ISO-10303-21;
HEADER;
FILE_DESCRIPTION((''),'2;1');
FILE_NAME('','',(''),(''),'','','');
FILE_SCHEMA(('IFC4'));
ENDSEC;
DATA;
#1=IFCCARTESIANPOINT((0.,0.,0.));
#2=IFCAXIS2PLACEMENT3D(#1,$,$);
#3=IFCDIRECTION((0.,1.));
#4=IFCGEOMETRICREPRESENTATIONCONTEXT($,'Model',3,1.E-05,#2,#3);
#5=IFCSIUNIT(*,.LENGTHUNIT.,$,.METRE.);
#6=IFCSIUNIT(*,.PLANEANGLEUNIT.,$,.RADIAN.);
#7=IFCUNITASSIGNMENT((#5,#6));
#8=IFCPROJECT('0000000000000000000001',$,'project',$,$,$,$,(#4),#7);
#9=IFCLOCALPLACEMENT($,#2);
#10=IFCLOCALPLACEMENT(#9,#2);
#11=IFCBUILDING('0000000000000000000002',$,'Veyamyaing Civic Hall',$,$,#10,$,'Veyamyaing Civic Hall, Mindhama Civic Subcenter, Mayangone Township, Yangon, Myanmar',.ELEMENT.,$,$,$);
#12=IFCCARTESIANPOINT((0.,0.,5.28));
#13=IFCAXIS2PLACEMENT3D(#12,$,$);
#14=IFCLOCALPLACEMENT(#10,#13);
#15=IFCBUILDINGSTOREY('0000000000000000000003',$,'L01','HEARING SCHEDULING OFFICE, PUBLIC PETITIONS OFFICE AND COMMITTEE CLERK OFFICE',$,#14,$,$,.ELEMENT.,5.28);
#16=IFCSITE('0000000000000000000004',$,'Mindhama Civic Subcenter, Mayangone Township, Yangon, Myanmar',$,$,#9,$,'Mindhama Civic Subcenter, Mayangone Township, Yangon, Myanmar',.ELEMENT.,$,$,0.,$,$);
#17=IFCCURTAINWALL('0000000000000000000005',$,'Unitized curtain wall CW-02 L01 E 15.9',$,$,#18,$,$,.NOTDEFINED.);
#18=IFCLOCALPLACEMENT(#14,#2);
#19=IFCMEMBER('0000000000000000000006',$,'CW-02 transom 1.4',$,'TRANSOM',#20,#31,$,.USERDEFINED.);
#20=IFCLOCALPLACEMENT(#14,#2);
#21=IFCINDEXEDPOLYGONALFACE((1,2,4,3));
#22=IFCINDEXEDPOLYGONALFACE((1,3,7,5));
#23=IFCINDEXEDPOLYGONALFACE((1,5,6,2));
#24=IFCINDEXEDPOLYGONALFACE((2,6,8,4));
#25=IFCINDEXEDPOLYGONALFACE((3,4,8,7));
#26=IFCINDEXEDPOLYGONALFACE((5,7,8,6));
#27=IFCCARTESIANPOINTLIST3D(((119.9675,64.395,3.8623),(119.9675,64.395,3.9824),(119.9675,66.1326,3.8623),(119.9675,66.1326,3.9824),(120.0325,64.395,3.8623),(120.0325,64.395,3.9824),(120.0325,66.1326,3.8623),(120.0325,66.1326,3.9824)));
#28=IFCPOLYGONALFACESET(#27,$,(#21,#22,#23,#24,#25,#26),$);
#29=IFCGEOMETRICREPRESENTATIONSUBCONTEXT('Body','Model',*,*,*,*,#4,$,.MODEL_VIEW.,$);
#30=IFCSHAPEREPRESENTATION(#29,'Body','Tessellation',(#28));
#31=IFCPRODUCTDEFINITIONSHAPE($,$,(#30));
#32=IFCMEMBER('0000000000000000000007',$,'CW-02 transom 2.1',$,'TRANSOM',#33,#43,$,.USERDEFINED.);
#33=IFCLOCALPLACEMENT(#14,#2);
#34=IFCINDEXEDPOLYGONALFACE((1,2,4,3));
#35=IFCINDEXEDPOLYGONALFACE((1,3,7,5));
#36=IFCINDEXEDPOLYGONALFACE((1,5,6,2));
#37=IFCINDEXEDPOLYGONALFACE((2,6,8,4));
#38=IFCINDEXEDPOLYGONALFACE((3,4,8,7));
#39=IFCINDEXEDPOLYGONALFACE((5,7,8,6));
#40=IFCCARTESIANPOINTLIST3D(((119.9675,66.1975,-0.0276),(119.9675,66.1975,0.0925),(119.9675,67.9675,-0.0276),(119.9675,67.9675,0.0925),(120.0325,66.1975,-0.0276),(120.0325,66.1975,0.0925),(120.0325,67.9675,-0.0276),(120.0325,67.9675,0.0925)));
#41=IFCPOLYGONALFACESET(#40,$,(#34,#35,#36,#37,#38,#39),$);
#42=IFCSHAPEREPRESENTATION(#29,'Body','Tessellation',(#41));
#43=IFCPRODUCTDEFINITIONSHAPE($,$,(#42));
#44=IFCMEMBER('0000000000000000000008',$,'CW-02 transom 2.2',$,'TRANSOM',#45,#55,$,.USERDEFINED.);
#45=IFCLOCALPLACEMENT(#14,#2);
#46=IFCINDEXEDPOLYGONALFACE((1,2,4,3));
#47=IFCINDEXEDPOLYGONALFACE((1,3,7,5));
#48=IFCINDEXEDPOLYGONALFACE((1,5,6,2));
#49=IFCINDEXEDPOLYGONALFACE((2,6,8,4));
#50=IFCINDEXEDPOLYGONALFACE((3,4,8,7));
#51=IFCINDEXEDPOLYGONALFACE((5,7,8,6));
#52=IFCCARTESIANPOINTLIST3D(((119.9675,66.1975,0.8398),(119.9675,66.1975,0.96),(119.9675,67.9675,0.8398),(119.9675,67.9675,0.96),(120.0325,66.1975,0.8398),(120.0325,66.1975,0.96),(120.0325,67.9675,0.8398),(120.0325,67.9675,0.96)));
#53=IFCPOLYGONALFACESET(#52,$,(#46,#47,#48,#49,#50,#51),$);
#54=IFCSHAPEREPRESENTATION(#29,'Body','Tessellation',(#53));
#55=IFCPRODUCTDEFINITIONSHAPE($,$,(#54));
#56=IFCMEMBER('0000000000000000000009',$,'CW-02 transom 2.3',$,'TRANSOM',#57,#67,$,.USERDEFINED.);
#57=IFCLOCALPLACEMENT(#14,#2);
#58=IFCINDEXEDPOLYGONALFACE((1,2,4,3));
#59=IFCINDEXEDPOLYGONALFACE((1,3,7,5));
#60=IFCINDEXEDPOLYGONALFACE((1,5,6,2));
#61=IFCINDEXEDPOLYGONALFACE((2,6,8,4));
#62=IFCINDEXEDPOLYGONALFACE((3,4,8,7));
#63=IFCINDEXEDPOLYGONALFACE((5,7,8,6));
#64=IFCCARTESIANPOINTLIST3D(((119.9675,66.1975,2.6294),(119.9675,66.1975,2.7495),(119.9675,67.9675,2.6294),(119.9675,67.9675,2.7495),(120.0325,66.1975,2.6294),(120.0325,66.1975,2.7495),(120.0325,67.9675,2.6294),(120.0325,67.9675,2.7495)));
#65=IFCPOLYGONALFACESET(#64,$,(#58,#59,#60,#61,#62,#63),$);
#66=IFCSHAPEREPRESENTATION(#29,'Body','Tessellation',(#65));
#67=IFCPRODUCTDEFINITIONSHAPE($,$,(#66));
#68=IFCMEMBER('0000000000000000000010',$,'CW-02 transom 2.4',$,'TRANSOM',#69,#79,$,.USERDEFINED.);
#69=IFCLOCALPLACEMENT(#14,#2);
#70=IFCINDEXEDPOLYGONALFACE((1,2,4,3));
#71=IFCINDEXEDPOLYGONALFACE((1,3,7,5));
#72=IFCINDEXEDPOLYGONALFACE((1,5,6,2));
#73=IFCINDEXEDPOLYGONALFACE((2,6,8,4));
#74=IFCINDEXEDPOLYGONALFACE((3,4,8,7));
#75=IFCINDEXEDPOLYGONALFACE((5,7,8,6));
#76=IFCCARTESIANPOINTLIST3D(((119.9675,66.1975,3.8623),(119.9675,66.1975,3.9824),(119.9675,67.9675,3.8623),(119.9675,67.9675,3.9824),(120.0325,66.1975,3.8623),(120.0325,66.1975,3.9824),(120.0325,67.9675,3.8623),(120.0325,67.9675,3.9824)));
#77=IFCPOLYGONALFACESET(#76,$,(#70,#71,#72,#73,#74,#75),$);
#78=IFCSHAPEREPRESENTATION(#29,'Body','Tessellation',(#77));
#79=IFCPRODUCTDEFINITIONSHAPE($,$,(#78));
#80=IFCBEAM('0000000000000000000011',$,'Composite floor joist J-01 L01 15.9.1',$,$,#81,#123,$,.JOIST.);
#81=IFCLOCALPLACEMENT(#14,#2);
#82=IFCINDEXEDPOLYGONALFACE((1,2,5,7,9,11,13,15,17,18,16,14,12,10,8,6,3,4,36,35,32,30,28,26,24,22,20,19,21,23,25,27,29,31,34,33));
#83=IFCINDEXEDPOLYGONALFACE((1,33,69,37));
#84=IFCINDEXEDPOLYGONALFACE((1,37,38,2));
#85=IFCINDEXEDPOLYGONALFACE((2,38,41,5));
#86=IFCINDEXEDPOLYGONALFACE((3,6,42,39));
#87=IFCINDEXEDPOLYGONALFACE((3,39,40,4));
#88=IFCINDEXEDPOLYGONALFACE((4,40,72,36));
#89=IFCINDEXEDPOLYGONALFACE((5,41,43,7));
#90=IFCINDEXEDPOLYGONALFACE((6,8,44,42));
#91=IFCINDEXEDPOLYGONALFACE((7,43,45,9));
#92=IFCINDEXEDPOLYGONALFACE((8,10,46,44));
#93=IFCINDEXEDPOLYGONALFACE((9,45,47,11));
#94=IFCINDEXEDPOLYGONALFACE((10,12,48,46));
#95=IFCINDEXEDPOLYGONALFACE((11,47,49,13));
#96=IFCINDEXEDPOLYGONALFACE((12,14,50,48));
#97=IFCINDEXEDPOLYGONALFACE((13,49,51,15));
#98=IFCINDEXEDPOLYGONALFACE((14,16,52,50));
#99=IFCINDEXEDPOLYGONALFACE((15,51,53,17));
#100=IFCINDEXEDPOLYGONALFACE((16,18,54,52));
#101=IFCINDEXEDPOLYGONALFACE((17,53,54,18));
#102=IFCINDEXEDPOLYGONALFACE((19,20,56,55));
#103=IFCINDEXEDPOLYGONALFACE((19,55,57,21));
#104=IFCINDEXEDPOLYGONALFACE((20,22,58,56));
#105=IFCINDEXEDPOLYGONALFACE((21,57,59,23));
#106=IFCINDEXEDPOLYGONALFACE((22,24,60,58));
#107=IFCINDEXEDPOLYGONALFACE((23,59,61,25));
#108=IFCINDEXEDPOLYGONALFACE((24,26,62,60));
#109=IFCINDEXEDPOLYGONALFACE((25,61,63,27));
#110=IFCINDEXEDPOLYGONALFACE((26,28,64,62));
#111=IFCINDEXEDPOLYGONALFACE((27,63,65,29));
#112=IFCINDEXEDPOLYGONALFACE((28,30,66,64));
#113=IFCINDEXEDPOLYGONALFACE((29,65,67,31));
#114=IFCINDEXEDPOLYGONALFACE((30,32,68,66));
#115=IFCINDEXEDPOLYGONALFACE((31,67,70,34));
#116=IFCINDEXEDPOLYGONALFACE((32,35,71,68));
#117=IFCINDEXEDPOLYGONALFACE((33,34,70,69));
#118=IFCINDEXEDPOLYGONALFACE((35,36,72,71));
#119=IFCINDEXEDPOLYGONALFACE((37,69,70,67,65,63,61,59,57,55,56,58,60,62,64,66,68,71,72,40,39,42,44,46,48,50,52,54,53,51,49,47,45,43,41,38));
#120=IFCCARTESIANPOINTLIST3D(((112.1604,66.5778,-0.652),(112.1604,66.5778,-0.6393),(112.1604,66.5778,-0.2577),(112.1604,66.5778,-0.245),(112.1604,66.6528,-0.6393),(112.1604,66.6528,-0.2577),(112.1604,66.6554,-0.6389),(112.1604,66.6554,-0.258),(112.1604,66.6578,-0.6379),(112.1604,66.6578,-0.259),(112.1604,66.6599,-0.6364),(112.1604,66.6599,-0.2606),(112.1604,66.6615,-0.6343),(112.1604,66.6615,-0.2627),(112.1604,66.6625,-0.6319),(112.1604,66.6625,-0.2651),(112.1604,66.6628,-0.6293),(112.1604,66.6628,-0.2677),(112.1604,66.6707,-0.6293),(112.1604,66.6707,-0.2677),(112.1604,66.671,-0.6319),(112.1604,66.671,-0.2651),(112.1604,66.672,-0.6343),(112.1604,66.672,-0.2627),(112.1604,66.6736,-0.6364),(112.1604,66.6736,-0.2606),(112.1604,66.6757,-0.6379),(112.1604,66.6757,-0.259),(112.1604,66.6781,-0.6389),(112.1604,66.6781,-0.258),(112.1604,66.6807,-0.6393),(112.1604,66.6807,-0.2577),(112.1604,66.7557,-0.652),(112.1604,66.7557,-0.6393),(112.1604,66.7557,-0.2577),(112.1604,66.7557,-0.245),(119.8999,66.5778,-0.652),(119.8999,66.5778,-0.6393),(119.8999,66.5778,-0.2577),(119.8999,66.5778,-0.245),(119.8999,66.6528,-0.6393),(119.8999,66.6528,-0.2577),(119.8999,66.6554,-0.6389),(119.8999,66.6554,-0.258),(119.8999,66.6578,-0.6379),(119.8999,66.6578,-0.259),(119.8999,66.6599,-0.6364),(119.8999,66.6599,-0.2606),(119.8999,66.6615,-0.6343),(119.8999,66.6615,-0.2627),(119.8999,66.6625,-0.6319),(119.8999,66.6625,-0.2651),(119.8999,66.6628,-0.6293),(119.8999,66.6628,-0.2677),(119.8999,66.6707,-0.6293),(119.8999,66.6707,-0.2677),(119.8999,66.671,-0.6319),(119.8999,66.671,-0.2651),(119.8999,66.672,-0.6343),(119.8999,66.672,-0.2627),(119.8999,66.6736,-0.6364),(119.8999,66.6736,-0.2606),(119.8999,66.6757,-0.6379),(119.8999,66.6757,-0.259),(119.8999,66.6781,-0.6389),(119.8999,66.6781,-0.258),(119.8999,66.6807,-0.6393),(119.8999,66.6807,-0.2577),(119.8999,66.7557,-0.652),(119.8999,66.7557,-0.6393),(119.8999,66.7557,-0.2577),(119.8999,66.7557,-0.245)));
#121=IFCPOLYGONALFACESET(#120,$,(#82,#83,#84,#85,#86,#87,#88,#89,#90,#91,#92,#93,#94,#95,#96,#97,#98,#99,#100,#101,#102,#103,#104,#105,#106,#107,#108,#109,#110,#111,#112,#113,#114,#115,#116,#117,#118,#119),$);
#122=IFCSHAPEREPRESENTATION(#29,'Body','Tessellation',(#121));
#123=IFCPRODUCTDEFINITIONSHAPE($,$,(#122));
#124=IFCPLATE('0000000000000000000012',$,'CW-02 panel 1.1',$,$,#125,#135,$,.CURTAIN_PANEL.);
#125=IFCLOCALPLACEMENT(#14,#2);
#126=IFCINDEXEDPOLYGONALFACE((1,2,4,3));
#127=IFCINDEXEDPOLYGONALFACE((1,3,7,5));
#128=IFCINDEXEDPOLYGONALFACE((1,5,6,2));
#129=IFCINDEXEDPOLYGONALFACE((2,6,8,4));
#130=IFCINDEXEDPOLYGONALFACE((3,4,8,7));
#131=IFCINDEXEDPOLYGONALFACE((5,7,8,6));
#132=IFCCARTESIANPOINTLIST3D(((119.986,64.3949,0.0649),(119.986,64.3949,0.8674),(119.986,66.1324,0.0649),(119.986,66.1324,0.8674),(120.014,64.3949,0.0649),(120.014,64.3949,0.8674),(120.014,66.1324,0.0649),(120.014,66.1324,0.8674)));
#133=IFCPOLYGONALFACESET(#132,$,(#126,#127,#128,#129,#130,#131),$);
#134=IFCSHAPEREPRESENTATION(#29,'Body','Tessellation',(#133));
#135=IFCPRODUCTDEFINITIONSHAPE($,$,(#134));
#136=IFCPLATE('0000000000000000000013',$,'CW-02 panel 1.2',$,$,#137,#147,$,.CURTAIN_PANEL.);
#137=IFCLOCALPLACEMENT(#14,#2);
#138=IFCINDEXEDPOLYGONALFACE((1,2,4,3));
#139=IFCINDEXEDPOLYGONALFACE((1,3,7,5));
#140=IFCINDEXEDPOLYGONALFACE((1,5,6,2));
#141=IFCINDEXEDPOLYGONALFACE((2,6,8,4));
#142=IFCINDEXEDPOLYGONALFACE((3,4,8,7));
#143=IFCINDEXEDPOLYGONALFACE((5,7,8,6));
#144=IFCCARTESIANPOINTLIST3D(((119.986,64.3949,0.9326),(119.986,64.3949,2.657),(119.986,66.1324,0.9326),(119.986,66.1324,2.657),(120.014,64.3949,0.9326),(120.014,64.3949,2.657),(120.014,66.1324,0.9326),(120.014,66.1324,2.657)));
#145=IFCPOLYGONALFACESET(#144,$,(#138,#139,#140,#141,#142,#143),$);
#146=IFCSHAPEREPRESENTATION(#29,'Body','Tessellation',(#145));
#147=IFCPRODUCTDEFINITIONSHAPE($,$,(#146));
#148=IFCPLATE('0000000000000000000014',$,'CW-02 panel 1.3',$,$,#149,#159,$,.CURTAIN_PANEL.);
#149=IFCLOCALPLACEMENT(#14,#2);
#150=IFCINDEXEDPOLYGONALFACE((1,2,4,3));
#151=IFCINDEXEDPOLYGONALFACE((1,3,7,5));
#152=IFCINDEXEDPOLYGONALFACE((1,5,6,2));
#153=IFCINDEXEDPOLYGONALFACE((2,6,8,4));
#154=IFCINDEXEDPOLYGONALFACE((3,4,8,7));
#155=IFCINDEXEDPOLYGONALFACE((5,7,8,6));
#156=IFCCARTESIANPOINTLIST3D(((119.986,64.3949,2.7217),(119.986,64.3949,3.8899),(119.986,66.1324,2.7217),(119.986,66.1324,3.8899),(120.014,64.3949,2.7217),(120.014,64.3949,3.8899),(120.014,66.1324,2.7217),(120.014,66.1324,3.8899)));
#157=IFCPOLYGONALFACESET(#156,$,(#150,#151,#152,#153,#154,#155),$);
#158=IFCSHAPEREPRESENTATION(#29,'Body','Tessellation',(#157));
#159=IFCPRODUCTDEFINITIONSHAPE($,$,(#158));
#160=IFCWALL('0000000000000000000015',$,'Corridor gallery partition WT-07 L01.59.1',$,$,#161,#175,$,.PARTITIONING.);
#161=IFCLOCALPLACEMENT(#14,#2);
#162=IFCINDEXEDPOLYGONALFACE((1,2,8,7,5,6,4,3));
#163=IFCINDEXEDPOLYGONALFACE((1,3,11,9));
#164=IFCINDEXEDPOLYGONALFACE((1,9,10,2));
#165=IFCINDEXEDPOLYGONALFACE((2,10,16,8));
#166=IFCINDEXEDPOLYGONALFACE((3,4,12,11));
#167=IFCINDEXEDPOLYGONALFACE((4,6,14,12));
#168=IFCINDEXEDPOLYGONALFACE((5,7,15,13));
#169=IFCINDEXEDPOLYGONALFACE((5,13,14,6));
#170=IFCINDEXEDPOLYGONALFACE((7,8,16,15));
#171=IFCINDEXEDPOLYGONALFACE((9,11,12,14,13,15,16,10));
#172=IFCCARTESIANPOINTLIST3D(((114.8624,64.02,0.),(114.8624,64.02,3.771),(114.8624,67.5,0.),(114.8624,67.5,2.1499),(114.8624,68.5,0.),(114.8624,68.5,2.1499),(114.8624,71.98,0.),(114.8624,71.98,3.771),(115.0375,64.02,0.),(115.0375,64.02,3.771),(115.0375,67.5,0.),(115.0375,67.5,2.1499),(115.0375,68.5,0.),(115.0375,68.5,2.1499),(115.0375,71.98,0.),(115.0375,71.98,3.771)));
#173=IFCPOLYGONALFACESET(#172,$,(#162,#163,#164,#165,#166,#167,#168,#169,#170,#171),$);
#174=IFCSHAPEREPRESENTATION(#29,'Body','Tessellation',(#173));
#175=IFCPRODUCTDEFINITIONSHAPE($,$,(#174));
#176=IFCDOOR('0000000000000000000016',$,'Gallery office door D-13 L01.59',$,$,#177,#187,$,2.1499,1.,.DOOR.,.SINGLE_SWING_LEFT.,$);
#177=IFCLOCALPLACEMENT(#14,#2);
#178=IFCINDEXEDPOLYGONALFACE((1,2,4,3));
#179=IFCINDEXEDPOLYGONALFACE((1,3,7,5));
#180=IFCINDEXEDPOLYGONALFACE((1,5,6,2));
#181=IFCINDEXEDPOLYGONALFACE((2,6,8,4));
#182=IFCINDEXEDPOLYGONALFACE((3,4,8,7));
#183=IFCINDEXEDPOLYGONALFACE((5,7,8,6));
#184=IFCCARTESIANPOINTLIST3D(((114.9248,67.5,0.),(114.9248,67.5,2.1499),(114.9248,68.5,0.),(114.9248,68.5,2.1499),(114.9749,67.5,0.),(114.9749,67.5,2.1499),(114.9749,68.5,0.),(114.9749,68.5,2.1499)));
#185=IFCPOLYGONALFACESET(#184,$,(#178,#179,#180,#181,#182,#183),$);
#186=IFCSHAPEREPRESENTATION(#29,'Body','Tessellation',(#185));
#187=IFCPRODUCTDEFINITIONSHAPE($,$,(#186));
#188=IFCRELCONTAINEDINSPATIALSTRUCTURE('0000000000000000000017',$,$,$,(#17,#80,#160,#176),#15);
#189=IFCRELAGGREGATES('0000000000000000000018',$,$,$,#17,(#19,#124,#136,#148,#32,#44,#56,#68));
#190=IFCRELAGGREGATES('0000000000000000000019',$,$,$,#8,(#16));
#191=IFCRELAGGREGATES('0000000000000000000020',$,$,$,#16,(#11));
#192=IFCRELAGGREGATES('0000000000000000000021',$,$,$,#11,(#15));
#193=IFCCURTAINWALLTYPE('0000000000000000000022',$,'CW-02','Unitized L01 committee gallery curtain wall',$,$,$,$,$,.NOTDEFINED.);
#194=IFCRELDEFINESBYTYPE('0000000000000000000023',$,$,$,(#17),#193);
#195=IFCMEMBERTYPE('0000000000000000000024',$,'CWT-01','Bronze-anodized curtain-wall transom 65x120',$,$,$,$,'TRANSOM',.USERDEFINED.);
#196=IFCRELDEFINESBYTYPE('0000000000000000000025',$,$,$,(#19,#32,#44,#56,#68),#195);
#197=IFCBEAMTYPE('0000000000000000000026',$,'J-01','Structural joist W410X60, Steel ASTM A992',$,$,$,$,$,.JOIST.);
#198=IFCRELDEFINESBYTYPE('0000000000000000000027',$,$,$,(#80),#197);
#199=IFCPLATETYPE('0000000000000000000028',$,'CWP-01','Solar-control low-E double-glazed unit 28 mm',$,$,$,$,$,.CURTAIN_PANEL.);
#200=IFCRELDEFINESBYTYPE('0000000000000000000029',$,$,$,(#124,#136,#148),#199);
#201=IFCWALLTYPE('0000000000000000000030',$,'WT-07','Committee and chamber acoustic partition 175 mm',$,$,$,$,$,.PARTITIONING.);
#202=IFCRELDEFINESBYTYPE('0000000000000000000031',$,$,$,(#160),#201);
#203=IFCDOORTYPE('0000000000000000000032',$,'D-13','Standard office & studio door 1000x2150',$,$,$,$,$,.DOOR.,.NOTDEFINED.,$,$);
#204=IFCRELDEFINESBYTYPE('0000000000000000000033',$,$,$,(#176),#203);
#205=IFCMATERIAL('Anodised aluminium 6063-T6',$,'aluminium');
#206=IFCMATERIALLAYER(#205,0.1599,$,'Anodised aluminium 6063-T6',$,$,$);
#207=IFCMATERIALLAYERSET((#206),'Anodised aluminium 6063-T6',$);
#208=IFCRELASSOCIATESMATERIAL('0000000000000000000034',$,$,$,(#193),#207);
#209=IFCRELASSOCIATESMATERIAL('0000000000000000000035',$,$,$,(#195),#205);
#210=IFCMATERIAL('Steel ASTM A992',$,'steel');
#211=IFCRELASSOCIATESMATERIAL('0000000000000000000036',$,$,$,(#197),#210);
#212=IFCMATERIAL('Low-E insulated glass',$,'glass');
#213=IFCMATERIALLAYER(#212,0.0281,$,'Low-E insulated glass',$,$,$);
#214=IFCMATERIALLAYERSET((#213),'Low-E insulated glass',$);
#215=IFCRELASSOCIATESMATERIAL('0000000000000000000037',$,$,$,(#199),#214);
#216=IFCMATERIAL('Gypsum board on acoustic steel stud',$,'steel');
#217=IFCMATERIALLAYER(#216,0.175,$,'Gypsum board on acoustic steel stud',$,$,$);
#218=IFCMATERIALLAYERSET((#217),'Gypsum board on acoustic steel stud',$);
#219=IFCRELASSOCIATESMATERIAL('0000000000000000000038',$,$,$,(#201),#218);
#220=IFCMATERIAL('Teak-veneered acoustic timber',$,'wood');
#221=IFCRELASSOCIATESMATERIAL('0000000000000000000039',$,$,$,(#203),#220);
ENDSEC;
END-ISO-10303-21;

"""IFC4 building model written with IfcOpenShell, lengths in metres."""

from ifc_helpers import new_model, si_unit, direction, frame, frame_2d, origin, origin_2d, place, context, subcontext, project, spatial, rectangle, i_section, extrude, material, layer, layer_set, material_profile, profile_set, type_object, element, fill, aggregate, save


model = new_model("IFC4")

# Units and contexts
model_context = context("Model", 3, precision=1e-05, world=origin(), true_north=direction((0.0, 1.0)))
body_context = subcontext(model_context, "Body", "Model", "MODEL_VIEW")
ifc_project = project(units=[si_unit("LENGTHUNIT", "METRE"), si_unit("PLANEANGLEUNIT", "RADIAN")], contexts=[model_context])

# Site, building, storey
site_placement = place(None, origin())
site = spatial("IfcSite", under=ifc_project, at=site_placement, Name="Mindhama Civic Subcenter, Mayangone Township, Yangon, Myanmar", LongName="Mindhama Civic Subcenter, Mayangone Township, Yangon, Myanmar", CompositionType="ELEMENT", RefElevation=0.0)
building_placement = place(site_placement, origin())
building = spatial("IfcBuilding", under=site, at=building_placement, Name="Veyamyaing Civic Hall", LongName="Veyamyaing Civic Hall, Mindhama Civic Subcenter, Mayangone Township, Yangon, Myanmar", CompositionType="ELEMENT")
storey_placement = place(building_placement, frame((0.0, 0.0, 5.28)))
storey = spatial("IfcBuildingStorey", under=building, at=storey_placement, Name="L01", Description="HEARING SCHEDULING OFFICE, PUBLIC PETITIONS OFFICE AND COMMITTEE CLERK OFFICE", CompositionType="ELEMENT", Elevation=5.28)

# Shared definitions
ifc_material_1 = material(Name="Steel ASTM A992", Category="steel")

# Curtain wall, members
ifc_material_2 = material(Name="Anodised aluminium 6063-T6", Category="aluminium")
ifc_layer_1 = layer(ifc_material_2, 0.1599, Name="Anodised aluminium 6063-T6")
ifc_layer_set_1 = layer_set([ifc_layer_1], Name="Anodised aluminium 6063-T6")
curtain_wall_type = type_object("IfcCurtainWallType", Name="CW-02", Description="Unitized L01 committee gallery curtain wall", PredefinedType="NOTDEFINED", material=ifc_layer_set_1)
curtain_wall_placement = place(storey_placement, origin())
curtain_wall = element("IfcCurtainWall", 1, at=curtain_wall_placement, inside=storey, type_object=curtain_wall_type, Name="Unitized curtain wall CW-02 L01 E 15.9", PredefinedType="NOTDEFINED")
ifc_material_profile_1 = material_profile(ifc_material_2, rectangle(XDim=0.0649, YDim=0.1201, at=origin_2d()), Name="ALU-TRN-65X120")
ifc_profile_set_1 = profile_set([ifc_material_profile_1], Name="Anodised aluminium 6063-T6")
member_type_1 = type_object("IfcMemberType", Name="CWT-01", Description="Bronze-anodized curtain-wall transom 65x120", ElementType="TRANSOM", PredefinedType="USERDEFINED", material=ifc_profile_set_1)
member_1_placement = place(storey_placement, frame((120.0, 64.395, 3.9224), z_axis=(0.0, 1.0, 0.0), x_axis=(-1.0, 0.0, 0.0)))
member_1 = element("IfcMember", 2, at=member_1_placement, type_object=member_type_1, Name="CW-02 transom 1.4", ObjectType="TRANSOM", PredefinedType="USERDEFINED", context=body_context, shape_type="SweptSolid", body=[
    extrude(rectangle(XDim=0.0649, YDim=0.1201, at=origin_2d()), origin(), (0.0, 0.0, 1.0), 1.7375),
])
member_2_placement = place(storey_placement, frame((120.0, 66.1975, 0.0325), z_axis=(0.0, 1.0, 0.0), x_axis=(-1.0, 0.0, 0.0)))
member_2 = element("IfcMember", 3, at=member_2_placement, type_object=member_type_1, Name="CW-02 transom 2.1", ObjectType="TRANSOM", PredefinedType="USERDEFINED", context=body_context, shape_type="SweptSolid", body=[
    extrude(rectangle(XDim=0.0649, YDim=0.1201, at=origin_2d()), origin(), (0.0, 0.0, 1.0), 1.77),
])
member_3_placement = place(storey_placement, frame((120.0, 66.1975, 0.8999), z_axis=(0.0, 1.0, 0.0), x_axis=(-1.0, 0.0, 0.0)))
member_3 = element("IfcMember", 4, at=member_3_placement, type_object=member_type_1, Name="CW-02 transom 2.2", ObjectType="TRANSOM", PredefinedType="USERDEFINED", context=body_context, shape_type="SweptSolid", body=[
    extrude(rectangle(XDim=0.0649, YDim=0.1201, at=origin_2d()), origin(), (0.0, 0.0, 1.0), 1.77),
])
member_4_placement = place(storey_placement, frame((120.0, 66.1975, 2.6895), z_axis=(0.0, 1.0, 0.0), x_axis=(-1.0, 0.0, 0.0)))
member_4 = element("IfcMember", 5, at=member_4_placement, type_object=member_type_1, Name="CW-02 transom 2.3", ObjectType="TRANSOM", PredefinedType="USERDEFINED", context=body_context, shape_type="SweptSolid", body=[
    extrude(rectangle(XDim=0.0649, YDim=0.1201, at=origin_2d()), origin(), (0.0, 0.0, 1.0), 1.77),
])
member_5_placement = place(storey_placement, frame((120.0, 66.1975, 3.9224), z_axis=(0.0, 1.0, 0.0), x_axis=(-1.0, 0.0, 0.0)))
member_5 = element("IfcMember", 6, at=member_5_placement, type_object=member_type_1, Name="CW-02 transom 2.4", ObjectType="TRANSOM", PredefinedType="USERDEFINED", context=body_context, shape_type="SweptSolid", body=[
    extrude(rectangle(XDim=0.0649, YDim=0.1201, at=origin_2d()), origin(), (0.0, 0.0, 1.0), 1.77),
])

# Beam
ifc_material_profile_2 = material_profile(ifc_material_1, i_section(OverallWidth=0.178, OverallDepth=0.407, WebThickness=0.0078, FlangeThickness=0.0127, FilletRadius=0.01, at=origin_2d()), Name="W410X60")
ifc_profile_set_2 = profile_set([ifc_material_profile_2], Name="Steel ASTM A992")
beam_type_1 = type_object("IfcBeamType", Name="J-01", Description="Structural joist W410X60, Steel ASTM A992", PredefinedType="JOIST", material=ifc_profile_set_2)
beam_1_placement = place(storey_placement, frame((112.1604, 66.6667, -0.4485), z_axis=(1.0, 0.0, 0.0), x_axis=(0.0, 1.0, 0.0)))
element("IfcBeam", 7, at=beam_1_placement, inside=storey, type_object=beam_type_1, Name="Composite floor joist J-01 L01 15.9.1", PredefinedType="JOIST", context=body_context, shape_type="SweptSolid", body=[
    extrude(i_section(OverallWidth=0.178, OverallDepth=0.407, WebThickness=0.0078, FlangeThickness=0.0127, FilletRadius=0.01, at=origin_2d()), origin(), (0.0, 0.0, 1.0), 7.7395),
])

# Plates
ifc_material_3 = material(Name="Low-E insulated glass", Category="glass")
ifc_layer_2 = layer(ifc_material_3, 0.0281, Name="Low-E insulated glass")
ifc_layer_set_2 = layer_set([ifc_layer_2], Name="Low-E insulated glass")
plate_type = type_object("IfcPlateType", Name="CWP-01", Description="Solar-control low-E double-glazed unit 28 mm", PredefinedType="CURTAIN_PANEL", material=ifc_layer_set_2)
plate_1_placement = place(storey_placement, frame((120.0, 65.2637, 0.0649), z_axis=(0.0, 0.0, 1.0), x_axis=(0.0, 1.0, 0.0)))
plate_1 = element("IfcPlate", 8, at=plate_1_placement, type_object=plate_type, Name="CW-02 panel 1.1", PredefinedType="CURTAIN_PANEL", context=body_context, shape_type="SweptSolid", body=[
    extrude(rectangle(XDim=1.7375, YDim=0.0281, at=origin_2d()), origin(), (0.0, 0.0, 1.0), 0.8025),
])
plate_2_placement = place(storey_placement, frame((120.0, 65.2637, 0.9326), z_axis=(0.0, 0.0, 1.0), x_axis=(0.0, 1.0, 0.0)))
plate_2 = element("IfcPlate", 9, at=plate_2_placement, type_object=plate_type, Name="CW-02 panel 1.2", PredefinedType="CURTAIN_PANEL", context=body_context, shape_type="SweptSolid", body=[
    extrude(rectangle(XDim=1.7375, YDim=0.0281, at=origin_2d()), origin(), (0.0, 0.0, 1.0), 1.7244),
])
plate_3_placement = place(storey_placement, frame((120.0, 65.2637, 2.7217), z_axis=(0.0, 0.0, 1.0), x_axis=(0.0, 1.0, 0.0)))
plate_3 = element("IfcPlate", 10, at=plate_3_placement, type_object=plate_type, Name="CW-02 panel 1.3", PredefinedType="CURTAIN_PANEL", context=body_context, shape_type="SweptSolid", body=[
    extrude(rectangle(XDim=1.7375, YDim=0.0281, at=origin_2d()), origin(), (0.0, 0.0, 1.0), 1.1682),
])
aggregate(curtain_wall, [member_1, plate_1, plate_2, plate_3, member_2, member_3, member_4, member_5])

# Wall, opening, door
ifc_material_4 = material(Name="Gypsum board on acoustic steel stud", Category="steel")
ifc_layer_3 = layer(ifc_material_4, 0.175, Name="Gypsum board on acoustic steel stud")
ifc_layer_set_3 = layer_set([ifc_layer_3], Name="Gypsum board on acoustic steel stud")
wall_type_1 = type_object("IfcWallType", Name="WT-07", Description="Committee and chamber acoustic partition 175 mm", PredefinedType="PARTITIONING", material=ifc_layer_set_3)
wall_1_placement = place(storey_placement, frame((114.95, 64.02, 0.0), z_axis=(0.0, 0.0, 1.0), x_axis=(0.0, 1.0, 0.0)))
wall_1 = element("IfcWall", 11, at=wall_1_placement, inside=storey, type_object=wall_type_1, Name="Corridor gallery partition WT-07 L01.59.1", PredefinedType="PARTITIONING", context=body_context, shape_type="SweptSolid", body=[
    extrude(rectangle(XDim=7.96, YDim=0.175, at=frame_2d((3.98, 0.0))), origin(), (0.0, 0.0, 1.0), 3.771),
])
opening_1_placement = place(wall_1_placement, frame((3.48, 0.0, 0.0)))
opening_1 = element("IfcOpeningElement", 12, at=opening_1_placement, cuts=wall_1, PredefinedType="OPENING", context=body_context, shape_type="SweptSolid", body=[
    extrude(rectangle(XDim=1.0, YDim=2.1499, at=frame_2d((0.5, 1.075))), frame((0.0, 0.0974, 0.0), z_axis=(0.0, -1.0, 0.0), x_axis=(1.0, 0.0, 0.0)), (0.0, 0.0, 1.0), 0.1951),
])
ifc_material_5 = material(Name="Teak-veneered acoustic timber", Category="wood")
door_type_1 = type_object("IfcDoorType", Name="D-13", Description="Standard office & studio door 1000x2150", OperationType="NOTDEFINED", PredefinedType="DOOR", material=ifc_material_5)
door_1_placement = place(opening_1_placement, frame((1.0, 0.0, 0.0), z_axis=(0.0, 0.0, 1.0), x_axis=(-1.0, 0.0, 0.0)))
door_1 = element("IfcDoor", 13, at=door_1_placement, inside=storey, type_object=door_type_1, Name="Gallery office door D-13 L01.59", OperationType="SINGLE_SWING_LEFT", OverallHeight=2.1499, OverallWidth=1.0, PredefinedType="DOOR", context=body_context, shape_type="SweptSolid", body=[
    extrude(rectangle(XDim=1.0, YDim=2.1499, at=frame_2d((0.5, 1.075))), frame((0.0, 0.0249, 0.0), z_axis=(0.0, -1.0, 0.0), x_axis=(1.0, 0.0, 0.0)), (0.0, 0.0, 1.0), 0.05),
])
fill(opening_1, door_1)

save(model, "model.ifc")
